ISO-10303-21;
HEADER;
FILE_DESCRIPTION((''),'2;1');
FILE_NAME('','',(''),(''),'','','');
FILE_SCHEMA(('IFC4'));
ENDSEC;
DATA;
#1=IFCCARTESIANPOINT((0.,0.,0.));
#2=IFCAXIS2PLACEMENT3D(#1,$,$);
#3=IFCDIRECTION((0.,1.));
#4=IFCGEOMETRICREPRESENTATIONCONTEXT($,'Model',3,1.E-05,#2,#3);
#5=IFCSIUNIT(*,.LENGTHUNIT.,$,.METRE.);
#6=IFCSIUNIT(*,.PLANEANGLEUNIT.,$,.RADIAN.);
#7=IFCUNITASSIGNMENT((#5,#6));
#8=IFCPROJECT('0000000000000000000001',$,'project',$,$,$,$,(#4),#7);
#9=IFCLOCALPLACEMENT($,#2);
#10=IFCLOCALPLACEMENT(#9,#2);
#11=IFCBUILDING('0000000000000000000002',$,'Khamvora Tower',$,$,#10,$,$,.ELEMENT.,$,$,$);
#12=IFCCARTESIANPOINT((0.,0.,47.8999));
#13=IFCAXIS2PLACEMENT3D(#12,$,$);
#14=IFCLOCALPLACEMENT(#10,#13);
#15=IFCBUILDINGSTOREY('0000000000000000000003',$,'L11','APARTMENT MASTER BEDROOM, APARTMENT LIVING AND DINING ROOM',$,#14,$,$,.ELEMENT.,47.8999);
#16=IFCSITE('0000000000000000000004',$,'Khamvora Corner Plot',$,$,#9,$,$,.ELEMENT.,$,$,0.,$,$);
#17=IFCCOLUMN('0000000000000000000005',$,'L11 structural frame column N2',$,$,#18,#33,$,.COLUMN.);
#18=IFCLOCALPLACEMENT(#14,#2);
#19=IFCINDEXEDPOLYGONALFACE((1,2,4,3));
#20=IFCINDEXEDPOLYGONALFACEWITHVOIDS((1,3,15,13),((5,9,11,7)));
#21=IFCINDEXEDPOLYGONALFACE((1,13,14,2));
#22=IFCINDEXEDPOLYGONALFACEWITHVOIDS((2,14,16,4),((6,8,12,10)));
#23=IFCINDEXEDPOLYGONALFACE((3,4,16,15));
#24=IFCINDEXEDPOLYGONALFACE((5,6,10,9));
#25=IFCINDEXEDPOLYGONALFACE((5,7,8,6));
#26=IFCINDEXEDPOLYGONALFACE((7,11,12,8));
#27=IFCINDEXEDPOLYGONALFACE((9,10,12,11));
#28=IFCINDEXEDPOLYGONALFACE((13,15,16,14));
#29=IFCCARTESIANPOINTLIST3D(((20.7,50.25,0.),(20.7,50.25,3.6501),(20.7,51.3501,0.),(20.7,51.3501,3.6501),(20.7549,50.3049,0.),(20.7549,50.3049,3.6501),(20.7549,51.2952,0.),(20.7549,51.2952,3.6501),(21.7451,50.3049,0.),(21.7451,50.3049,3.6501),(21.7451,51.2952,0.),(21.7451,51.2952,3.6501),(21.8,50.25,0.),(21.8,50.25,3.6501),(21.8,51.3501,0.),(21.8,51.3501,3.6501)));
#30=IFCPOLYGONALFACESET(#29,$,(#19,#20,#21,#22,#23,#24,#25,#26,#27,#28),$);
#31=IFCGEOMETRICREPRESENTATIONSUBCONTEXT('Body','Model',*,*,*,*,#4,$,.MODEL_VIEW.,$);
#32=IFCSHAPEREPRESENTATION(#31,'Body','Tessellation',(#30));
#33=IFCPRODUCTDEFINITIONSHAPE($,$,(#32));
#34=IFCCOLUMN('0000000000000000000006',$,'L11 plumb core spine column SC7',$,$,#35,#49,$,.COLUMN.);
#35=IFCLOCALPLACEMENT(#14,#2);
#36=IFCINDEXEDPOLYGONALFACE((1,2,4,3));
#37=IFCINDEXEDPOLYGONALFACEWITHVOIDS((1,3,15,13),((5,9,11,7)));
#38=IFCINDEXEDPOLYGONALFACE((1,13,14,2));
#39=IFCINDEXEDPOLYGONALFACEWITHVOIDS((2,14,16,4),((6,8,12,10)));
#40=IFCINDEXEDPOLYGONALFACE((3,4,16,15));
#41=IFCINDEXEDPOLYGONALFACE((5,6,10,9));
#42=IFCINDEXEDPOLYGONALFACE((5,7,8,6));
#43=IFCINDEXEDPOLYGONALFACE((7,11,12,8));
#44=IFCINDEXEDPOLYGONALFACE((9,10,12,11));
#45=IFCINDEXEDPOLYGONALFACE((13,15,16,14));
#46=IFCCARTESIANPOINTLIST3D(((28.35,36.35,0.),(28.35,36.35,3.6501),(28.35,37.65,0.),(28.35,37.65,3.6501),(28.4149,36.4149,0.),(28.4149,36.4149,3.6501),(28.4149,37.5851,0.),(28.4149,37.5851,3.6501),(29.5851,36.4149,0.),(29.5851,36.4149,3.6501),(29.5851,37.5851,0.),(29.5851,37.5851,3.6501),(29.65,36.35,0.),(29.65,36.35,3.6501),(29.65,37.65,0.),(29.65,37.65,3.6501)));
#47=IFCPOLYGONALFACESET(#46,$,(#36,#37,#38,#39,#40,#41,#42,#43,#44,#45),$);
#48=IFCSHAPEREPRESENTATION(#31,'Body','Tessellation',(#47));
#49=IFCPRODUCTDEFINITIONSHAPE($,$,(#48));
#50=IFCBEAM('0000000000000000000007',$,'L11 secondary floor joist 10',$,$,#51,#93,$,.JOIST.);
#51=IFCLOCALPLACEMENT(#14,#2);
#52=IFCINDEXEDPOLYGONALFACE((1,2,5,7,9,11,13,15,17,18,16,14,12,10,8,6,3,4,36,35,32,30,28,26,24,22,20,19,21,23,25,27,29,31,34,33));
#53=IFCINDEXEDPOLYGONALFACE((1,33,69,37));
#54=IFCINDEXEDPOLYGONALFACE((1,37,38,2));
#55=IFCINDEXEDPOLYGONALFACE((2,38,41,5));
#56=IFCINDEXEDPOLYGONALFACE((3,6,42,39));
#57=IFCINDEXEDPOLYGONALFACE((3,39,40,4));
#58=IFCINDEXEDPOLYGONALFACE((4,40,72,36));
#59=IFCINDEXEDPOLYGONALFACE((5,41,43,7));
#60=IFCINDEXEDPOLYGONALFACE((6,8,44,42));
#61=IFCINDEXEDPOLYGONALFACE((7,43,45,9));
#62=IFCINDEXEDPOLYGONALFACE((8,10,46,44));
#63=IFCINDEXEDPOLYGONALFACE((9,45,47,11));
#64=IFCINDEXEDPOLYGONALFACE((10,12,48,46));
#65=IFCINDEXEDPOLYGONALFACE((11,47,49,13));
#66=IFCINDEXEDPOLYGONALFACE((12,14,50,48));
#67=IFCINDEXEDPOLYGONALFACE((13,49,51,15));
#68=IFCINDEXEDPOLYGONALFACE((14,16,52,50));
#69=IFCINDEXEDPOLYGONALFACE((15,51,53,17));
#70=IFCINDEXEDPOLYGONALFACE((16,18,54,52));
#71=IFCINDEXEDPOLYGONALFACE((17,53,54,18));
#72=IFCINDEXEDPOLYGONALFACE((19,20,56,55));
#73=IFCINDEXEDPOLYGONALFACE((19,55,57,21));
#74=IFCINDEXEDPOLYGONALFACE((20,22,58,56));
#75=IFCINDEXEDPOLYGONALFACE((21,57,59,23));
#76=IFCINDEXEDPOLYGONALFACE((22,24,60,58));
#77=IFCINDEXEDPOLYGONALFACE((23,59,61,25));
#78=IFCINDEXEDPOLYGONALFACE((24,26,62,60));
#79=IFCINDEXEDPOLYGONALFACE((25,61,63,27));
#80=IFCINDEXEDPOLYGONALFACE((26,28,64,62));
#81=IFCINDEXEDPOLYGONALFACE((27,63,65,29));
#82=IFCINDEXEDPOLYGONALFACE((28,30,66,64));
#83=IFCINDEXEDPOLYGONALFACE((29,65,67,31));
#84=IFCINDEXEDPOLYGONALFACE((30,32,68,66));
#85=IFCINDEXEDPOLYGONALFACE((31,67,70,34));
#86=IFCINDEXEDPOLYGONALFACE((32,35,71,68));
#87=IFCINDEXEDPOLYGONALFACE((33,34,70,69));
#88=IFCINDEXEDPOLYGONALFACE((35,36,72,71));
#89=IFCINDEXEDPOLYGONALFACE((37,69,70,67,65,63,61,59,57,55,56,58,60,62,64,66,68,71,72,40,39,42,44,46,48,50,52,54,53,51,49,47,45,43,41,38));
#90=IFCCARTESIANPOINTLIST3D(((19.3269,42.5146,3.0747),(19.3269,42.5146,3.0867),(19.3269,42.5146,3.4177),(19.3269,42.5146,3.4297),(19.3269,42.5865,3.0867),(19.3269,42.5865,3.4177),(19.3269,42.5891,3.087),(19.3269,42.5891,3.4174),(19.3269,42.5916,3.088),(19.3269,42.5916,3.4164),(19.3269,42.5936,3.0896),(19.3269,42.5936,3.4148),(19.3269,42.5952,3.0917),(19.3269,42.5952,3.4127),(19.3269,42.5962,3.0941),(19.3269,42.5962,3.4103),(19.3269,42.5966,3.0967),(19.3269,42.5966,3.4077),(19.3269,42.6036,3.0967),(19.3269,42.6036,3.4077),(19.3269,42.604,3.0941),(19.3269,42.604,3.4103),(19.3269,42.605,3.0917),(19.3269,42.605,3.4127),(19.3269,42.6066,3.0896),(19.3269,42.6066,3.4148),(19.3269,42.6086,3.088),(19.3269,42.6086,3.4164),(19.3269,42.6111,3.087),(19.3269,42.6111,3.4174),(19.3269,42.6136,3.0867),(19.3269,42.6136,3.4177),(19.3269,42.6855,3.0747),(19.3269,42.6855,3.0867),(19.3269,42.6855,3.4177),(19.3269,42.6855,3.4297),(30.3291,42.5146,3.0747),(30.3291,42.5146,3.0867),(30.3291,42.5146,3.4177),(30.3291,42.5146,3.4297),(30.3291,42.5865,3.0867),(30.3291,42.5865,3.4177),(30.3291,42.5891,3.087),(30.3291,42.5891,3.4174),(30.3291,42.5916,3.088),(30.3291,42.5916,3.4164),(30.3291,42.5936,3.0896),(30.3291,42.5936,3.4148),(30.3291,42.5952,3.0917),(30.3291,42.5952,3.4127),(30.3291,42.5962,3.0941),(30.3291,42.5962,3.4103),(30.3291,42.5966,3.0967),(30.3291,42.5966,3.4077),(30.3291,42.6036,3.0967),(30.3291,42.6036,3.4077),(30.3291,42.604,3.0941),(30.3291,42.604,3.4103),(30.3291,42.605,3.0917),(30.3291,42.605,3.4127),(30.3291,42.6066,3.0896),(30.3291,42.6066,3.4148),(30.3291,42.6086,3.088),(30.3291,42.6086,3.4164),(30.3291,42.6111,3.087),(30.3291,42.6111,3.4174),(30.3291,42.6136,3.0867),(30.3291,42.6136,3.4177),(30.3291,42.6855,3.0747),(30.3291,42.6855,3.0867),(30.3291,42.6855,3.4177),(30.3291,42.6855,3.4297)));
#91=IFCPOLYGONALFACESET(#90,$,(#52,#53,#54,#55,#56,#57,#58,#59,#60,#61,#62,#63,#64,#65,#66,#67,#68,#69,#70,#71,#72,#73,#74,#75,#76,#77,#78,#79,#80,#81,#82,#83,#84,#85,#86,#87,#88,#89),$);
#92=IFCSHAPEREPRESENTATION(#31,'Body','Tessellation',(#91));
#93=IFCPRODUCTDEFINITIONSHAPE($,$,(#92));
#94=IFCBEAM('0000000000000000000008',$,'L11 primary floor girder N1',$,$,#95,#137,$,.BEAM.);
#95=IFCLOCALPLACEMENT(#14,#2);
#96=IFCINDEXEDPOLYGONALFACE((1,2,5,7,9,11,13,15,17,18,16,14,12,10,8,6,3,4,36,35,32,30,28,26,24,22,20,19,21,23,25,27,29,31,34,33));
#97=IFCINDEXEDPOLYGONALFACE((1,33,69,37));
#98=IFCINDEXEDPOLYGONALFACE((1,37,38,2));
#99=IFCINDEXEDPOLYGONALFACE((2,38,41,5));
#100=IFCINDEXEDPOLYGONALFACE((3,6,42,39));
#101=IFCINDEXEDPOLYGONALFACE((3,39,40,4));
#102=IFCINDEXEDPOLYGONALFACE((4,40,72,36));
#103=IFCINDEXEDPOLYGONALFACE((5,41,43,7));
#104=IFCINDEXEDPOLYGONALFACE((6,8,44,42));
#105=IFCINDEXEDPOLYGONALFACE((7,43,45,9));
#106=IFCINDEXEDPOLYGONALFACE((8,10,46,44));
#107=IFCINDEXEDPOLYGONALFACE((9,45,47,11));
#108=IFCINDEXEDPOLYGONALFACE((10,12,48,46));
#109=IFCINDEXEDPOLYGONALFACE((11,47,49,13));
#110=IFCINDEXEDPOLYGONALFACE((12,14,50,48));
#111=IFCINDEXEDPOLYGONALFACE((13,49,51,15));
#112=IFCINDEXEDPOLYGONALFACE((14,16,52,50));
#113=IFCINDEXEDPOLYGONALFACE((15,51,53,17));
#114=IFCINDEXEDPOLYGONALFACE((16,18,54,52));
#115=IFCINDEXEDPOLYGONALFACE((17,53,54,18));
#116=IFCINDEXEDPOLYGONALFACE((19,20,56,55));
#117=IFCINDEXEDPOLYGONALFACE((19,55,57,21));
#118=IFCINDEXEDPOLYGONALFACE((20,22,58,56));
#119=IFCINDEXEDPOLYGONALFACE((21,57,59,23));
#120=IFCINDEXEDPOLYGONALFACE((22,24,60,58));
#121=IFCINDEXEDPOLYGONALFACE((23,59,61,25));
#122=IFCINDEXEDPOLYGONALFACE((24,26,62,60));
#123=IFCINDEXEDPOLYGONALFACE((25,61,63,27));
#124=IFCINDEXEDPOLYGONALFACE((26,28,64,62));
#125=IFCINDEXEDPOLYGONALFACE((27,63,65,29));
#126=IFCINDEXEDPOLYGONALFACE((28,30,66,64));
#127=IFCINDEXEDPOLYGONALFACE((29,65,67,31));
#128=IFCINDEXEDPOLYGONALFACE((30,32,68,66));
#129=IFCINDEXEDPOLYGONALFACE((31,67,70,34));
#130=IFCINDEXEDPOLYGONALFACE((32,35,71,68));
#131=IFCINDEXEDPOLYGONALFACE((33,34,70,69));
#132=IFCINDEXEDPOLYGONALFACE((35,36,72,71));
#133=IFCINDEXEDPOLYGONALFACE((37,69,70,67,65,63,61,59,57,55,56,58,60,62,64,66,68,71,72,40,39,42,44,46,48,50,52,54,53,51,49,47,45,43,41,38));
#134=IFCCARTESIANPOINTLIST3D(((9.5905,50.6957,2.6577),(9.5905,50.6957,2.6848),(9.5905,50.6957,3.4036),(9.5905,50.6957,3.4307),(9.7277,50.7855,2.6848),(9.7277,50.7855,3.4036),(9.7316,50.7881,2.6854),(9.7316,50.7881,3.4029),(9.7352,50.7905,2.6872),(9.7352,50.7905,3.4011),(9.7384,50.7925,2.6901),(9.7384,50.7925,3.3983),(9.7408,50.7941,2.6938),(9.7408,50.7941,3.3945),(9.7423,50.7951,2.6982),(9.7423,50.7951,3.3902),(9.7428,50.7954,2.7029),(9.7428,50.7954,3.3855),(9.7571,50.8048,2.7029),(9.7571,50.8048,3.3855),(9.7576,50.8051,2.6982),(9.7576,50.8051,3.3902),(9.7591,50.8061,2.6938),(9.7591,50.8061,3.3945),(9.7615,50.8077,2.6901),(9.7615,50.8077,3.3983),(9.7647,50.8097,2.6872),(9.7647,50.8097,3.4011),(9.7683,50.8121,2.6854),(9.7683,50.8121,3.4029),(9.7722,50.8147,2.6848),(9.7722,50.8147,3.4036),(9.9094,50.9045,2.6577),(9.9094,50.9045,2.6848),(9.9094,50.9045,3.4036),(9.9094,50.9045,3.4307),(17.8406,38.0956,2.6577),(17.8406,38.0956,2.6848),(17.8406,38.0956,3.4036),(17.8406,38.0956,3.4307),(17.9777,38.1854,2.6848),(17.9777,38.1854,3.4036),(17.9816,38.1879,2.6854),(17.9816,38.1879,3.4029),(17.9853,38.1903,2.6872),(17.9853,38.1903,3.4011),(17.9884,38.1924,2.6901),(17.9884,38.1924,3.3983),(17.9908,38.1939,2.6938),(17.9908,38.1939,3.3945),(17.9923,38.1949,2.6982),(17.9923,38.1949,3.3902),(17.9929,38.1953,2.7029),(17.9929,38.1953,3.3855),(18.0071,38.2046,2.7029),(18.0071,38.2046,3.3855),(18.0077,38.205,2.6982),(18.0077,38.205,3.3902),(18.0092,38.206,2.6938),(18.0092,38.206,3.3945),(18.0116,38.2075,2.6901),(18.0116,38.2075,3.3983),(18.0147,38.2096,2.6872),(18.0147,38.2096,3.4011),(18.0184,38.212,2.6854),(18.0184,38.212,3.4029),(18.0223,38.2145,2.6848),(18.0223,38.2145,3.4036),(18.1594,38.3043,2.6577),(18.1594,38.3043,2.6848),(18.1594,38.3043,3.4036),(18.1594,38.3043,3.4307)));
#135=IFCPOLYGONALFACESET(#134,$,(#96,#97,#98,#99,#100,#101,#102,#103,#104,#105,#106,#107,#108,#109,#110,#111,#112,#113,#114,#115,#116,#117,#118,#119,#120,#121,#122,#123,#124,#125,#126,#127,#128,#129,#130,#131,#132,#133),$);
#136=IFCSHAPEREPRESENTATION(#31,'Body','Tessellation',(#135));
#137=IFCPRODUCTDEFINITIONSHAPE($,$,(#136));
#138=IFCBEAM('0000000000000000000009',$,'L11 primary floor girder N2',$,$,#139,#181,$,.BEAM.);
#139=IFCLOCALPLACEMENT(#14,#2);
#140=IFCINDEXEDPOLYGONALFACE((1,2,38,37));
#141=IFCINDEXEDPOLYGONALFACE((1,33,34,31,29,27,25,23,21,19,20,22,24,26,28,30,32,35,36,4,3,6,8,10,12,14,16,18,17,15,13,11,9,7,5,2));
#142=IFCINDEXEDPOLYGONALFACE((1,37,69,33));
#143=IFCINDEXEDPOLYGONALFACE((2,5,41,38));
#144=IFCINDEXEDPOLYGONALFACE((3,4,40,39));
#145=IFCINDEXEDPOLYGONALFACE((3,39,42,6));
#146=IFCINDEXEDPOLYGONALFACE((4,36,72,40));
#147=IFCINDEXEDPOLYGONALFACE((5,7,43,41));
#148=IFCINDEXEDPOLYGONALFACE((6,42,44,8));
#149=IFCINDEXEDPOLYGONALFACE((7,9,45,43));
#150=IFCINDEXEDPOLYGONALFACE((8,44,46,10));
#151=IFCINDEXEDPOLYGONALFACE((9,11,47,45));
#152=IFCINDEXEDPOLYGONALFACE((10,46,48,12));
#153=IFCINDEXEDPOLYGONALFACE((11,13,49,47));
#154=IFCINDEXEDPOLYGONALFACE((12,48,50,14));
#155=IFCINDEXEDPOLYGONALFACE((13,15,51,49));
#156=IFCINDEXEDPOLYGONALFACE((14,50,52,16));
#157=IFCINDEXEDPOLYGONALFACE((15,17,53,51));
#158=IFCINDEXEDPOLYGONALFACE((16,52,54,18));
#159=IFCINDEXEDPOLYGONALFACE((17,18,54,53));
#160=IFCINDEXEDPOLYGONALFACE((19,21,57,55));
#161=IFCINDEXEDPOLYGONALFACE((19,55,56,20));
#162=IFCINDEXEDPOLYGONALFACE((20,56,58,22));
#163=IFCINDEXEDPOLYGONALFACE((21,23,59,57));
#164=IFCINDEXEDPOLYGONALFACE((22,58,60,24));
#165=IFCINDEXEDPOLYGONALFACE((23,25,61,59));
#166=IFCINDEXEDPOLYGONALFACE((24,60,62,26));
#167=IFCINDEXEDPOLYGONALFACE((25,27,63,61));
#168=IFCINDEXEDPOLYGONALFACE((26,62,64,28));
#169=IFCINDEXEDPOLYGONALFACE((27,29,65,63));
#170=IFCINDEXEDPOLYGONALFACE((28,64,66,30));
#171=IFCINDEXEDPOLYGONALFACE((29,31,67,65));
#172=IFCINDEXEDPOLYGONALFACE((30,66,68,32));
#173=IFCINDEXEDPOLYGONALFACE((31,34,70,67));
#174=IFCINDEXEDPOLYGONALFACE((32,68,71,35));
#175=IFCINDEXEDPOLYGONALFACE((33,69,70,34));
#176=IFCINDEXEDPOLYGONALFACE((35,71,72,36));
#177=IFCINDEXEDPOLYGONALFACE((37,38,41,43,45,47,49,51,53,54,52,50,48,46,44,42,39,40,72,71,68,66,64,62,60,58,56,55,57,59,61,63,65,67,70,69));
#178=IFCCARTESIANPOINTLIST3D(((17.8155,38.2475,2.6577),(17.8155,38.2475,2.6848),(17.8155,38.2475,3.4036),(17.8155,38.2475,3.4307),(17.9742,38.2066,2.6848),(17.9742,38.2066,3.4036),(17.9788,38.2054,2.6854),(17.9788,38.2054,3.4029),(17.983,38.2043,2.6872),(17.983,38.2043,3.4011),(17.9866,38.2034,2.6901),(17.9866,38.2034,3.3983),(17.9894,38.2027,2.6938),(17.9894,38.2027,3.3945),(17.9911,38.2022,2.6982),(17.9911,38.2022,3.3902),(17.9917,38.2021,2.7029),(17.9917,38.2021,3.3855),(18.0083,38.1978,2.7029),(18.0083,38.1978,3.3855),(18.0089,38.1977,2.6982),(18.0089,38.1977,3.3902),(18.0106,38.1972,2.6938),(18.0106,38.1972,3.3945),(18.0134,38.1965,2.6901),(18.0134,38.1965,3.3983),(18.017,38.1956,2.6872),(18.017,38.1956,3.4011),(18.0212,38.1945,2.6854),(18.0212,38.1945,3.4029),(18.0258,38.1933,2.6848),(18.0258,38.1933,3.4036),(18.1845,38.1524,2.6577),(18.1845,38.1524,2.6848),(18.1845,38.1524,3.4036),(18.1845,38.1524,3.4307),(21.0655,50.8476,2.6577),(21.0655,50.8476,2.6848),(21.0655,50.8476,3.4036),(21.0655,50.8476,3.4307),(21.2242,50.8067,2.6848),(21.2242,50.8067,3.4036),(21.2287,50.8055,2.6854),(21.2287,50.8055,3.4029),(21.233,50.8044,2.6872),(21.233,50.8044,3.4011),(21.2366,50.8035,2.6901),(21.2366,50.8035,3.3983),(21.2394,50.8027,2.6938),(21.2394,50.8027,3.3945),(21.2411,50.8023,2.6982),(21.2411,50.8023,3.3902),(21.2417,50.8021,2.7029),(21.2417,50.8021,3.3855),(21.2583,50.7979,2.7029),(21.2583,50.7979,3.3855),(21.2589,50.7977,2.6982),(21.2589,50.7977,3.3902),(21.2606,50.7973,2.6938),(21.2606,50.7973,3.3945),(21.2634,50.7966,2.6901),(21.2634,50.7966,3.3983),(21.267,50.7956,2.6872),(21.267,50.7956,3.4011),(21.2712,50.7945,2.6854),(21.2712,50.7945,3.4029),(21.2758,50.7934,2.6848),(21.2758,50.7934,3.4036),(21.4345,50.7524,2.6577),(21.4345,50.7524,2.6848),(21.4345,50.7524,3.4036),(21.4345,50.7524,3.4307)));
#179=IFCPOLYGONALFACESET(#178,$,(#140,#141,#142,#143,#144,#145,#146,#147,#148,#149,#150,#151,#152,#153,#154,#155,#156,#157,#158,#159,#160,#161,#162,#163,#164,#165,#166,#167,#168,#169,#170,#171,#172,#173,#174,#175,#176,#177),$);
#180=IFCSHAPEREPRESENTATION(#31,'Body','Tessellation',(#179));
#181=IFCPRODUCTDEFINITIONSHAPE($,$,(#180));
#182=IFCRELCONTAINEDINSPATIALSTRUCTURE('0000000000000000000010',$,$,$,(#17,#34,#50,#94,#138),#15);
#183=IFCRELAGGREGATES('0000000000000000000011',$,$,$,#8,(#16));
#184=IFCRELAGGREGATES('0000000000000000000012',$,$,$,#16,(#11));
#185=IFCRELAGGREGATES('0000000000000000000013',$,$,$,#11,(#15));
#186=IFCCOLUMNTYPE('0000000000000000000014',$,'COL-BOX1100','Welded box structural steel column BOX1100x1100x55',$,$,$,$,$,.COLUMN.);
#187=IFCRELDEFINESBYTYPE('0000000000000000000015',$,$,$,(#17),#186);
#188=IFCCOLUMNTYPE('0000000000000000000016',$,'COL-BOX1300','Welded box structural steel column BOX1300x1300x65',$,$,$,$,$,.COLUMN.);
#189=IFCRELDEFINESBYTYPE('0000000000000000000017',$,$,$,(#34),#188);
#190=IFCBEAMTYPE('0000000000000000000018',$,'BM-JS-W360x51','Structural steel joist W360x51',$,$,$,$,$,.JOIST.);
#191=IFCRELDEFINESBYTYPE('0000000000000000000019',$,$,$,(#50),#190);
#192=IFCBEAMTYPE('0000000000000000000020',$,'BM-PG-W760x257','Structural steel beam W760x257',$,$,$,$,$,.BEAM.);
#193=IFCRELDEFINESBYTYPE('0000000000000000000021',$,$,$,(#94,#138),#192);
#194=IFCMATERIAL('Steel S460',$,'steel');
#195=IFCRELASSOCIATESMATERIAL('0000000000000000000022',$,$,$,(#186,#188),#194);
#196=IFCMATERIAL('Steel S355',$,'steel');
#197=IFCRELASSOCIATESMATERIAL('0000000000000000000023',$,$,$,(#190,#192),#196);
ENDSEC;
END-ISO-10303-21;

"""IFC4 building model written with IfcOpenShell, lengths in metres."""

from ifc_helpers import new_model, si_unit, direction, frame, origin, origin_2d, place, context, subcontext, project, spatial, hollow_rectangle, i_section, extrude, material, material_profile, profile_set, type_object, element, save


model = new_model("IFC4")

# Units and contexts
model_context = context("Model", 3, precision=1e-05, world=origin(), true_north=direction((0.0, 1.0)))
body_context = subcontext(model_context, "Body", "Model", "MODEL_VIEW")
ifc_project = project(units=[si_unit("LENGTHUNIT", "METRE"), si_unit("PLANEANGLEUNIT", "RADIAN")], contexts=[model_context])

# Site, building, storey
site_placement = place(None, origin())
site = spatial("IfcSite", under=ifc_project, at=site_placement, Name="Khamvora Corner Plot", CompositionType="ELEMENT", RefElevation=0.0)
building_placement = place(site_placement, origin())
building = spatial("IfcBuilding", under=site, at=building_placement, Name="Khamvora Tower", CompositionType="ELEMENT")
storey_placement = place(building_placement, frame((0.0, 0.0, 47.8999)))
storey = spatial("IfcBuildingStorey", under=building, at=storey_placement, Name="L11", Description="APARTMENT MASTER BEDROOM, APARTMENT LIVING AND DINING ROOM", CompositionType="ELEMENT", Elevation=47.8999)

# Columns
ifc_material_1 = material(Name="Steel S460", Category="steel")
ifc_material_profile_1 = material_profile(ifc_material_1, hollow_rectangle(XDim=1.1001, YDim=1.1001, WallThickness=0.0549, at=origin_2d()), Name="BOX1100x1100x55")
ifc_profile_set_1 = profile_set([ifc_material_profile_1], Name="Steel S460")
column_type_1 = type_object("IfcColumnType", Name="COL-BOX1100", Description="Welded box structural steel column BOX1100x1100x55", PredefinedType="COLUMN", material=ifc_profile_set_1)
column_1_placement = place(storey_placement, frame((21.25, 50.8, 0.0), z_axis=(0.0, 0.0, 1.0), x_axis=(1.0, 0.0, 0.0)))
element("IfcColumn", 1, at=column_1_placement, inside=storey, type_object=column_type_1, Name="L11 structural frame column N2", PredefinedType="COLUMN", context=body_context, shape_type="SweptSolid", body=[
    extrude(hollow_rectangle(XDim=1.1001, YDim=1.1001, WallThickness=0.0549, at=origin_2d()), origin(), (0.0, 0.0, 1.0), 3.6501),
])
ifc_material_profile_2 = material_profile(ifc_material_1, hollow_rectangle(XDim=1.3, YDim=1.3, WallThickness=0.0649, at=origin_2d()), Name="BOX1300x1300x65")
ifc_profile_set_2 = profile_set([ifc_material_profile_2], Name="Steel S460")
column_type_2 = type_object("IfcColumnType", Name="COL-BOX1300", Description="Welded box structural steel column BOX1300x1300x65", PredefinedType="COLUMN", material=ifc_profile_set_2)
column_2_placement = place(storey_placement, frame((29.0, 37.0, 0.0), z_axis=(0.0, 0.0, 1.0), x_axis=(1.0, 0.0, 0.0)))
element("IfcColumn", 2, at=column_2_placement, inside=storey, type_object=column_type_2, Name="L11 plumb core spine column SC7", PredefinedType="COLUMN", context=body_context, shape_type="SweptSolid", body=[
    extrude(hollow_rectangle(XDim=1.3, YDim=1.3, WallThickness=0.0649, at=origin_2d()), origin(), (0.0, 0.0, 1.0), 3.6501),
])

# Beams
ifc_material_2 = material(Name="Steel S355", Category="steel")
ifc_material_profile_3 = material_profile(ifc_material_2, i_section(OverallWidth=0.1709, OverallDepth=0.355, WebThickness=0.0071, FlangeThickness=0.012, FilletRadius=0.01, at=origin_2d()), Name="W360x51")
ifc_profile_set_3 = profile_set([ifc_material_profile_3], Name="Steel S355")
beam_type_1 = type_object("IfcBeamType", Name="BM-JS-W360x51", Description="Structural steel joist W360x51", PredefinedType="JOIST", material=ifc_profile_set_3)
beam_1_placement = place(storey_placement, frame((19.3269, 42.6001, 3.2522), z_axis=(1.0, 0.0, 0.0), x_axis=(0.0, 1.0, 0.0)))
element("IfcBeam", 3, at=beam_1_placement, inside=storey, type_object=beam_type_1, Name="L11 secondary floor joist 10", PredefinedType="JOIST", context=body_context, shape_type="SweptSolid", body=[
    extrude(i_section(OverallWidth=0.1709, OverallDepth=0.355, WebThickness=0.0071, FlangeThickness=0.012, FilletRadius=0.01, at=origin_2d()), origin(), (0.0, 0.0, 1.0), 11.0022),
])
ifc_material_profile_4 = material_profile(ifc_material_2, i_section(OverallWidth=0.3811, OverallDepth=0.7729, WebThickness=0.0171, FlangeThickness=0.0271, FilletRadius=0.0181, at=origin_2d()), Name="W760x257")
ifc_profile_set_4 = profile_set([ifc_material_profile_4], Name="Steel S355")
beam_type_2 = type_object("IfcBeamType", Name="BM-PG-W760x257", Description="Structural steel beam W760x257", PredefinedType="BEAM", material=ifc_profile_set_4)
beam_2_placement = place(storey_placement, frame((18.0, 38.2, 3.0442), z_axis=(-0.547783, 0.83662, 0.0), x_axis=(-0.83662, -0.547783, 0.0)))
element("IfcBeam", 4, at=beam_2_placement, inside=storey, type_object=beam_type_2, Name="L11 primary floor girder N1", PredefinedType="BEAM", context=body_context, shape_type="SweptSolid", body=[
    extrude(i_section(OverallWidth=0.3811, OverallDepth=0.7729, WebThickness=0.0171, FlangeThickness=0.0271, FilletRadius=0.0181, at=origin_2d()), origin(), (0.0, 0.0, 1.0), 15.0608),
])
beam_3_placement = place(storey_placement, frame((18.0, 38.2, 3.0442), z_axis=(0.24976, 0.968308, 0.0), x_axis=(-0.968308, 0.24976, 0.0)))
element("IfcBeam", 5, at=beam_3_placement, inside=storey, type_object=beam_type_2, Name="L11 primary floor girder N2", PredefinedType="BEAM", context=body_context, shape_type="SweptSolid", body=[
    extrude(i_section(OverallWidth=0.3811, OverallDepth=0.7729, WebThickness=0.0171, FlangeThickness=0.0271, FilletRadius=0.0181, at=origin_2d()), origin(), (0.0, 0.0, 1.0), 13.0125),
])

save(model, "model.ifc")
